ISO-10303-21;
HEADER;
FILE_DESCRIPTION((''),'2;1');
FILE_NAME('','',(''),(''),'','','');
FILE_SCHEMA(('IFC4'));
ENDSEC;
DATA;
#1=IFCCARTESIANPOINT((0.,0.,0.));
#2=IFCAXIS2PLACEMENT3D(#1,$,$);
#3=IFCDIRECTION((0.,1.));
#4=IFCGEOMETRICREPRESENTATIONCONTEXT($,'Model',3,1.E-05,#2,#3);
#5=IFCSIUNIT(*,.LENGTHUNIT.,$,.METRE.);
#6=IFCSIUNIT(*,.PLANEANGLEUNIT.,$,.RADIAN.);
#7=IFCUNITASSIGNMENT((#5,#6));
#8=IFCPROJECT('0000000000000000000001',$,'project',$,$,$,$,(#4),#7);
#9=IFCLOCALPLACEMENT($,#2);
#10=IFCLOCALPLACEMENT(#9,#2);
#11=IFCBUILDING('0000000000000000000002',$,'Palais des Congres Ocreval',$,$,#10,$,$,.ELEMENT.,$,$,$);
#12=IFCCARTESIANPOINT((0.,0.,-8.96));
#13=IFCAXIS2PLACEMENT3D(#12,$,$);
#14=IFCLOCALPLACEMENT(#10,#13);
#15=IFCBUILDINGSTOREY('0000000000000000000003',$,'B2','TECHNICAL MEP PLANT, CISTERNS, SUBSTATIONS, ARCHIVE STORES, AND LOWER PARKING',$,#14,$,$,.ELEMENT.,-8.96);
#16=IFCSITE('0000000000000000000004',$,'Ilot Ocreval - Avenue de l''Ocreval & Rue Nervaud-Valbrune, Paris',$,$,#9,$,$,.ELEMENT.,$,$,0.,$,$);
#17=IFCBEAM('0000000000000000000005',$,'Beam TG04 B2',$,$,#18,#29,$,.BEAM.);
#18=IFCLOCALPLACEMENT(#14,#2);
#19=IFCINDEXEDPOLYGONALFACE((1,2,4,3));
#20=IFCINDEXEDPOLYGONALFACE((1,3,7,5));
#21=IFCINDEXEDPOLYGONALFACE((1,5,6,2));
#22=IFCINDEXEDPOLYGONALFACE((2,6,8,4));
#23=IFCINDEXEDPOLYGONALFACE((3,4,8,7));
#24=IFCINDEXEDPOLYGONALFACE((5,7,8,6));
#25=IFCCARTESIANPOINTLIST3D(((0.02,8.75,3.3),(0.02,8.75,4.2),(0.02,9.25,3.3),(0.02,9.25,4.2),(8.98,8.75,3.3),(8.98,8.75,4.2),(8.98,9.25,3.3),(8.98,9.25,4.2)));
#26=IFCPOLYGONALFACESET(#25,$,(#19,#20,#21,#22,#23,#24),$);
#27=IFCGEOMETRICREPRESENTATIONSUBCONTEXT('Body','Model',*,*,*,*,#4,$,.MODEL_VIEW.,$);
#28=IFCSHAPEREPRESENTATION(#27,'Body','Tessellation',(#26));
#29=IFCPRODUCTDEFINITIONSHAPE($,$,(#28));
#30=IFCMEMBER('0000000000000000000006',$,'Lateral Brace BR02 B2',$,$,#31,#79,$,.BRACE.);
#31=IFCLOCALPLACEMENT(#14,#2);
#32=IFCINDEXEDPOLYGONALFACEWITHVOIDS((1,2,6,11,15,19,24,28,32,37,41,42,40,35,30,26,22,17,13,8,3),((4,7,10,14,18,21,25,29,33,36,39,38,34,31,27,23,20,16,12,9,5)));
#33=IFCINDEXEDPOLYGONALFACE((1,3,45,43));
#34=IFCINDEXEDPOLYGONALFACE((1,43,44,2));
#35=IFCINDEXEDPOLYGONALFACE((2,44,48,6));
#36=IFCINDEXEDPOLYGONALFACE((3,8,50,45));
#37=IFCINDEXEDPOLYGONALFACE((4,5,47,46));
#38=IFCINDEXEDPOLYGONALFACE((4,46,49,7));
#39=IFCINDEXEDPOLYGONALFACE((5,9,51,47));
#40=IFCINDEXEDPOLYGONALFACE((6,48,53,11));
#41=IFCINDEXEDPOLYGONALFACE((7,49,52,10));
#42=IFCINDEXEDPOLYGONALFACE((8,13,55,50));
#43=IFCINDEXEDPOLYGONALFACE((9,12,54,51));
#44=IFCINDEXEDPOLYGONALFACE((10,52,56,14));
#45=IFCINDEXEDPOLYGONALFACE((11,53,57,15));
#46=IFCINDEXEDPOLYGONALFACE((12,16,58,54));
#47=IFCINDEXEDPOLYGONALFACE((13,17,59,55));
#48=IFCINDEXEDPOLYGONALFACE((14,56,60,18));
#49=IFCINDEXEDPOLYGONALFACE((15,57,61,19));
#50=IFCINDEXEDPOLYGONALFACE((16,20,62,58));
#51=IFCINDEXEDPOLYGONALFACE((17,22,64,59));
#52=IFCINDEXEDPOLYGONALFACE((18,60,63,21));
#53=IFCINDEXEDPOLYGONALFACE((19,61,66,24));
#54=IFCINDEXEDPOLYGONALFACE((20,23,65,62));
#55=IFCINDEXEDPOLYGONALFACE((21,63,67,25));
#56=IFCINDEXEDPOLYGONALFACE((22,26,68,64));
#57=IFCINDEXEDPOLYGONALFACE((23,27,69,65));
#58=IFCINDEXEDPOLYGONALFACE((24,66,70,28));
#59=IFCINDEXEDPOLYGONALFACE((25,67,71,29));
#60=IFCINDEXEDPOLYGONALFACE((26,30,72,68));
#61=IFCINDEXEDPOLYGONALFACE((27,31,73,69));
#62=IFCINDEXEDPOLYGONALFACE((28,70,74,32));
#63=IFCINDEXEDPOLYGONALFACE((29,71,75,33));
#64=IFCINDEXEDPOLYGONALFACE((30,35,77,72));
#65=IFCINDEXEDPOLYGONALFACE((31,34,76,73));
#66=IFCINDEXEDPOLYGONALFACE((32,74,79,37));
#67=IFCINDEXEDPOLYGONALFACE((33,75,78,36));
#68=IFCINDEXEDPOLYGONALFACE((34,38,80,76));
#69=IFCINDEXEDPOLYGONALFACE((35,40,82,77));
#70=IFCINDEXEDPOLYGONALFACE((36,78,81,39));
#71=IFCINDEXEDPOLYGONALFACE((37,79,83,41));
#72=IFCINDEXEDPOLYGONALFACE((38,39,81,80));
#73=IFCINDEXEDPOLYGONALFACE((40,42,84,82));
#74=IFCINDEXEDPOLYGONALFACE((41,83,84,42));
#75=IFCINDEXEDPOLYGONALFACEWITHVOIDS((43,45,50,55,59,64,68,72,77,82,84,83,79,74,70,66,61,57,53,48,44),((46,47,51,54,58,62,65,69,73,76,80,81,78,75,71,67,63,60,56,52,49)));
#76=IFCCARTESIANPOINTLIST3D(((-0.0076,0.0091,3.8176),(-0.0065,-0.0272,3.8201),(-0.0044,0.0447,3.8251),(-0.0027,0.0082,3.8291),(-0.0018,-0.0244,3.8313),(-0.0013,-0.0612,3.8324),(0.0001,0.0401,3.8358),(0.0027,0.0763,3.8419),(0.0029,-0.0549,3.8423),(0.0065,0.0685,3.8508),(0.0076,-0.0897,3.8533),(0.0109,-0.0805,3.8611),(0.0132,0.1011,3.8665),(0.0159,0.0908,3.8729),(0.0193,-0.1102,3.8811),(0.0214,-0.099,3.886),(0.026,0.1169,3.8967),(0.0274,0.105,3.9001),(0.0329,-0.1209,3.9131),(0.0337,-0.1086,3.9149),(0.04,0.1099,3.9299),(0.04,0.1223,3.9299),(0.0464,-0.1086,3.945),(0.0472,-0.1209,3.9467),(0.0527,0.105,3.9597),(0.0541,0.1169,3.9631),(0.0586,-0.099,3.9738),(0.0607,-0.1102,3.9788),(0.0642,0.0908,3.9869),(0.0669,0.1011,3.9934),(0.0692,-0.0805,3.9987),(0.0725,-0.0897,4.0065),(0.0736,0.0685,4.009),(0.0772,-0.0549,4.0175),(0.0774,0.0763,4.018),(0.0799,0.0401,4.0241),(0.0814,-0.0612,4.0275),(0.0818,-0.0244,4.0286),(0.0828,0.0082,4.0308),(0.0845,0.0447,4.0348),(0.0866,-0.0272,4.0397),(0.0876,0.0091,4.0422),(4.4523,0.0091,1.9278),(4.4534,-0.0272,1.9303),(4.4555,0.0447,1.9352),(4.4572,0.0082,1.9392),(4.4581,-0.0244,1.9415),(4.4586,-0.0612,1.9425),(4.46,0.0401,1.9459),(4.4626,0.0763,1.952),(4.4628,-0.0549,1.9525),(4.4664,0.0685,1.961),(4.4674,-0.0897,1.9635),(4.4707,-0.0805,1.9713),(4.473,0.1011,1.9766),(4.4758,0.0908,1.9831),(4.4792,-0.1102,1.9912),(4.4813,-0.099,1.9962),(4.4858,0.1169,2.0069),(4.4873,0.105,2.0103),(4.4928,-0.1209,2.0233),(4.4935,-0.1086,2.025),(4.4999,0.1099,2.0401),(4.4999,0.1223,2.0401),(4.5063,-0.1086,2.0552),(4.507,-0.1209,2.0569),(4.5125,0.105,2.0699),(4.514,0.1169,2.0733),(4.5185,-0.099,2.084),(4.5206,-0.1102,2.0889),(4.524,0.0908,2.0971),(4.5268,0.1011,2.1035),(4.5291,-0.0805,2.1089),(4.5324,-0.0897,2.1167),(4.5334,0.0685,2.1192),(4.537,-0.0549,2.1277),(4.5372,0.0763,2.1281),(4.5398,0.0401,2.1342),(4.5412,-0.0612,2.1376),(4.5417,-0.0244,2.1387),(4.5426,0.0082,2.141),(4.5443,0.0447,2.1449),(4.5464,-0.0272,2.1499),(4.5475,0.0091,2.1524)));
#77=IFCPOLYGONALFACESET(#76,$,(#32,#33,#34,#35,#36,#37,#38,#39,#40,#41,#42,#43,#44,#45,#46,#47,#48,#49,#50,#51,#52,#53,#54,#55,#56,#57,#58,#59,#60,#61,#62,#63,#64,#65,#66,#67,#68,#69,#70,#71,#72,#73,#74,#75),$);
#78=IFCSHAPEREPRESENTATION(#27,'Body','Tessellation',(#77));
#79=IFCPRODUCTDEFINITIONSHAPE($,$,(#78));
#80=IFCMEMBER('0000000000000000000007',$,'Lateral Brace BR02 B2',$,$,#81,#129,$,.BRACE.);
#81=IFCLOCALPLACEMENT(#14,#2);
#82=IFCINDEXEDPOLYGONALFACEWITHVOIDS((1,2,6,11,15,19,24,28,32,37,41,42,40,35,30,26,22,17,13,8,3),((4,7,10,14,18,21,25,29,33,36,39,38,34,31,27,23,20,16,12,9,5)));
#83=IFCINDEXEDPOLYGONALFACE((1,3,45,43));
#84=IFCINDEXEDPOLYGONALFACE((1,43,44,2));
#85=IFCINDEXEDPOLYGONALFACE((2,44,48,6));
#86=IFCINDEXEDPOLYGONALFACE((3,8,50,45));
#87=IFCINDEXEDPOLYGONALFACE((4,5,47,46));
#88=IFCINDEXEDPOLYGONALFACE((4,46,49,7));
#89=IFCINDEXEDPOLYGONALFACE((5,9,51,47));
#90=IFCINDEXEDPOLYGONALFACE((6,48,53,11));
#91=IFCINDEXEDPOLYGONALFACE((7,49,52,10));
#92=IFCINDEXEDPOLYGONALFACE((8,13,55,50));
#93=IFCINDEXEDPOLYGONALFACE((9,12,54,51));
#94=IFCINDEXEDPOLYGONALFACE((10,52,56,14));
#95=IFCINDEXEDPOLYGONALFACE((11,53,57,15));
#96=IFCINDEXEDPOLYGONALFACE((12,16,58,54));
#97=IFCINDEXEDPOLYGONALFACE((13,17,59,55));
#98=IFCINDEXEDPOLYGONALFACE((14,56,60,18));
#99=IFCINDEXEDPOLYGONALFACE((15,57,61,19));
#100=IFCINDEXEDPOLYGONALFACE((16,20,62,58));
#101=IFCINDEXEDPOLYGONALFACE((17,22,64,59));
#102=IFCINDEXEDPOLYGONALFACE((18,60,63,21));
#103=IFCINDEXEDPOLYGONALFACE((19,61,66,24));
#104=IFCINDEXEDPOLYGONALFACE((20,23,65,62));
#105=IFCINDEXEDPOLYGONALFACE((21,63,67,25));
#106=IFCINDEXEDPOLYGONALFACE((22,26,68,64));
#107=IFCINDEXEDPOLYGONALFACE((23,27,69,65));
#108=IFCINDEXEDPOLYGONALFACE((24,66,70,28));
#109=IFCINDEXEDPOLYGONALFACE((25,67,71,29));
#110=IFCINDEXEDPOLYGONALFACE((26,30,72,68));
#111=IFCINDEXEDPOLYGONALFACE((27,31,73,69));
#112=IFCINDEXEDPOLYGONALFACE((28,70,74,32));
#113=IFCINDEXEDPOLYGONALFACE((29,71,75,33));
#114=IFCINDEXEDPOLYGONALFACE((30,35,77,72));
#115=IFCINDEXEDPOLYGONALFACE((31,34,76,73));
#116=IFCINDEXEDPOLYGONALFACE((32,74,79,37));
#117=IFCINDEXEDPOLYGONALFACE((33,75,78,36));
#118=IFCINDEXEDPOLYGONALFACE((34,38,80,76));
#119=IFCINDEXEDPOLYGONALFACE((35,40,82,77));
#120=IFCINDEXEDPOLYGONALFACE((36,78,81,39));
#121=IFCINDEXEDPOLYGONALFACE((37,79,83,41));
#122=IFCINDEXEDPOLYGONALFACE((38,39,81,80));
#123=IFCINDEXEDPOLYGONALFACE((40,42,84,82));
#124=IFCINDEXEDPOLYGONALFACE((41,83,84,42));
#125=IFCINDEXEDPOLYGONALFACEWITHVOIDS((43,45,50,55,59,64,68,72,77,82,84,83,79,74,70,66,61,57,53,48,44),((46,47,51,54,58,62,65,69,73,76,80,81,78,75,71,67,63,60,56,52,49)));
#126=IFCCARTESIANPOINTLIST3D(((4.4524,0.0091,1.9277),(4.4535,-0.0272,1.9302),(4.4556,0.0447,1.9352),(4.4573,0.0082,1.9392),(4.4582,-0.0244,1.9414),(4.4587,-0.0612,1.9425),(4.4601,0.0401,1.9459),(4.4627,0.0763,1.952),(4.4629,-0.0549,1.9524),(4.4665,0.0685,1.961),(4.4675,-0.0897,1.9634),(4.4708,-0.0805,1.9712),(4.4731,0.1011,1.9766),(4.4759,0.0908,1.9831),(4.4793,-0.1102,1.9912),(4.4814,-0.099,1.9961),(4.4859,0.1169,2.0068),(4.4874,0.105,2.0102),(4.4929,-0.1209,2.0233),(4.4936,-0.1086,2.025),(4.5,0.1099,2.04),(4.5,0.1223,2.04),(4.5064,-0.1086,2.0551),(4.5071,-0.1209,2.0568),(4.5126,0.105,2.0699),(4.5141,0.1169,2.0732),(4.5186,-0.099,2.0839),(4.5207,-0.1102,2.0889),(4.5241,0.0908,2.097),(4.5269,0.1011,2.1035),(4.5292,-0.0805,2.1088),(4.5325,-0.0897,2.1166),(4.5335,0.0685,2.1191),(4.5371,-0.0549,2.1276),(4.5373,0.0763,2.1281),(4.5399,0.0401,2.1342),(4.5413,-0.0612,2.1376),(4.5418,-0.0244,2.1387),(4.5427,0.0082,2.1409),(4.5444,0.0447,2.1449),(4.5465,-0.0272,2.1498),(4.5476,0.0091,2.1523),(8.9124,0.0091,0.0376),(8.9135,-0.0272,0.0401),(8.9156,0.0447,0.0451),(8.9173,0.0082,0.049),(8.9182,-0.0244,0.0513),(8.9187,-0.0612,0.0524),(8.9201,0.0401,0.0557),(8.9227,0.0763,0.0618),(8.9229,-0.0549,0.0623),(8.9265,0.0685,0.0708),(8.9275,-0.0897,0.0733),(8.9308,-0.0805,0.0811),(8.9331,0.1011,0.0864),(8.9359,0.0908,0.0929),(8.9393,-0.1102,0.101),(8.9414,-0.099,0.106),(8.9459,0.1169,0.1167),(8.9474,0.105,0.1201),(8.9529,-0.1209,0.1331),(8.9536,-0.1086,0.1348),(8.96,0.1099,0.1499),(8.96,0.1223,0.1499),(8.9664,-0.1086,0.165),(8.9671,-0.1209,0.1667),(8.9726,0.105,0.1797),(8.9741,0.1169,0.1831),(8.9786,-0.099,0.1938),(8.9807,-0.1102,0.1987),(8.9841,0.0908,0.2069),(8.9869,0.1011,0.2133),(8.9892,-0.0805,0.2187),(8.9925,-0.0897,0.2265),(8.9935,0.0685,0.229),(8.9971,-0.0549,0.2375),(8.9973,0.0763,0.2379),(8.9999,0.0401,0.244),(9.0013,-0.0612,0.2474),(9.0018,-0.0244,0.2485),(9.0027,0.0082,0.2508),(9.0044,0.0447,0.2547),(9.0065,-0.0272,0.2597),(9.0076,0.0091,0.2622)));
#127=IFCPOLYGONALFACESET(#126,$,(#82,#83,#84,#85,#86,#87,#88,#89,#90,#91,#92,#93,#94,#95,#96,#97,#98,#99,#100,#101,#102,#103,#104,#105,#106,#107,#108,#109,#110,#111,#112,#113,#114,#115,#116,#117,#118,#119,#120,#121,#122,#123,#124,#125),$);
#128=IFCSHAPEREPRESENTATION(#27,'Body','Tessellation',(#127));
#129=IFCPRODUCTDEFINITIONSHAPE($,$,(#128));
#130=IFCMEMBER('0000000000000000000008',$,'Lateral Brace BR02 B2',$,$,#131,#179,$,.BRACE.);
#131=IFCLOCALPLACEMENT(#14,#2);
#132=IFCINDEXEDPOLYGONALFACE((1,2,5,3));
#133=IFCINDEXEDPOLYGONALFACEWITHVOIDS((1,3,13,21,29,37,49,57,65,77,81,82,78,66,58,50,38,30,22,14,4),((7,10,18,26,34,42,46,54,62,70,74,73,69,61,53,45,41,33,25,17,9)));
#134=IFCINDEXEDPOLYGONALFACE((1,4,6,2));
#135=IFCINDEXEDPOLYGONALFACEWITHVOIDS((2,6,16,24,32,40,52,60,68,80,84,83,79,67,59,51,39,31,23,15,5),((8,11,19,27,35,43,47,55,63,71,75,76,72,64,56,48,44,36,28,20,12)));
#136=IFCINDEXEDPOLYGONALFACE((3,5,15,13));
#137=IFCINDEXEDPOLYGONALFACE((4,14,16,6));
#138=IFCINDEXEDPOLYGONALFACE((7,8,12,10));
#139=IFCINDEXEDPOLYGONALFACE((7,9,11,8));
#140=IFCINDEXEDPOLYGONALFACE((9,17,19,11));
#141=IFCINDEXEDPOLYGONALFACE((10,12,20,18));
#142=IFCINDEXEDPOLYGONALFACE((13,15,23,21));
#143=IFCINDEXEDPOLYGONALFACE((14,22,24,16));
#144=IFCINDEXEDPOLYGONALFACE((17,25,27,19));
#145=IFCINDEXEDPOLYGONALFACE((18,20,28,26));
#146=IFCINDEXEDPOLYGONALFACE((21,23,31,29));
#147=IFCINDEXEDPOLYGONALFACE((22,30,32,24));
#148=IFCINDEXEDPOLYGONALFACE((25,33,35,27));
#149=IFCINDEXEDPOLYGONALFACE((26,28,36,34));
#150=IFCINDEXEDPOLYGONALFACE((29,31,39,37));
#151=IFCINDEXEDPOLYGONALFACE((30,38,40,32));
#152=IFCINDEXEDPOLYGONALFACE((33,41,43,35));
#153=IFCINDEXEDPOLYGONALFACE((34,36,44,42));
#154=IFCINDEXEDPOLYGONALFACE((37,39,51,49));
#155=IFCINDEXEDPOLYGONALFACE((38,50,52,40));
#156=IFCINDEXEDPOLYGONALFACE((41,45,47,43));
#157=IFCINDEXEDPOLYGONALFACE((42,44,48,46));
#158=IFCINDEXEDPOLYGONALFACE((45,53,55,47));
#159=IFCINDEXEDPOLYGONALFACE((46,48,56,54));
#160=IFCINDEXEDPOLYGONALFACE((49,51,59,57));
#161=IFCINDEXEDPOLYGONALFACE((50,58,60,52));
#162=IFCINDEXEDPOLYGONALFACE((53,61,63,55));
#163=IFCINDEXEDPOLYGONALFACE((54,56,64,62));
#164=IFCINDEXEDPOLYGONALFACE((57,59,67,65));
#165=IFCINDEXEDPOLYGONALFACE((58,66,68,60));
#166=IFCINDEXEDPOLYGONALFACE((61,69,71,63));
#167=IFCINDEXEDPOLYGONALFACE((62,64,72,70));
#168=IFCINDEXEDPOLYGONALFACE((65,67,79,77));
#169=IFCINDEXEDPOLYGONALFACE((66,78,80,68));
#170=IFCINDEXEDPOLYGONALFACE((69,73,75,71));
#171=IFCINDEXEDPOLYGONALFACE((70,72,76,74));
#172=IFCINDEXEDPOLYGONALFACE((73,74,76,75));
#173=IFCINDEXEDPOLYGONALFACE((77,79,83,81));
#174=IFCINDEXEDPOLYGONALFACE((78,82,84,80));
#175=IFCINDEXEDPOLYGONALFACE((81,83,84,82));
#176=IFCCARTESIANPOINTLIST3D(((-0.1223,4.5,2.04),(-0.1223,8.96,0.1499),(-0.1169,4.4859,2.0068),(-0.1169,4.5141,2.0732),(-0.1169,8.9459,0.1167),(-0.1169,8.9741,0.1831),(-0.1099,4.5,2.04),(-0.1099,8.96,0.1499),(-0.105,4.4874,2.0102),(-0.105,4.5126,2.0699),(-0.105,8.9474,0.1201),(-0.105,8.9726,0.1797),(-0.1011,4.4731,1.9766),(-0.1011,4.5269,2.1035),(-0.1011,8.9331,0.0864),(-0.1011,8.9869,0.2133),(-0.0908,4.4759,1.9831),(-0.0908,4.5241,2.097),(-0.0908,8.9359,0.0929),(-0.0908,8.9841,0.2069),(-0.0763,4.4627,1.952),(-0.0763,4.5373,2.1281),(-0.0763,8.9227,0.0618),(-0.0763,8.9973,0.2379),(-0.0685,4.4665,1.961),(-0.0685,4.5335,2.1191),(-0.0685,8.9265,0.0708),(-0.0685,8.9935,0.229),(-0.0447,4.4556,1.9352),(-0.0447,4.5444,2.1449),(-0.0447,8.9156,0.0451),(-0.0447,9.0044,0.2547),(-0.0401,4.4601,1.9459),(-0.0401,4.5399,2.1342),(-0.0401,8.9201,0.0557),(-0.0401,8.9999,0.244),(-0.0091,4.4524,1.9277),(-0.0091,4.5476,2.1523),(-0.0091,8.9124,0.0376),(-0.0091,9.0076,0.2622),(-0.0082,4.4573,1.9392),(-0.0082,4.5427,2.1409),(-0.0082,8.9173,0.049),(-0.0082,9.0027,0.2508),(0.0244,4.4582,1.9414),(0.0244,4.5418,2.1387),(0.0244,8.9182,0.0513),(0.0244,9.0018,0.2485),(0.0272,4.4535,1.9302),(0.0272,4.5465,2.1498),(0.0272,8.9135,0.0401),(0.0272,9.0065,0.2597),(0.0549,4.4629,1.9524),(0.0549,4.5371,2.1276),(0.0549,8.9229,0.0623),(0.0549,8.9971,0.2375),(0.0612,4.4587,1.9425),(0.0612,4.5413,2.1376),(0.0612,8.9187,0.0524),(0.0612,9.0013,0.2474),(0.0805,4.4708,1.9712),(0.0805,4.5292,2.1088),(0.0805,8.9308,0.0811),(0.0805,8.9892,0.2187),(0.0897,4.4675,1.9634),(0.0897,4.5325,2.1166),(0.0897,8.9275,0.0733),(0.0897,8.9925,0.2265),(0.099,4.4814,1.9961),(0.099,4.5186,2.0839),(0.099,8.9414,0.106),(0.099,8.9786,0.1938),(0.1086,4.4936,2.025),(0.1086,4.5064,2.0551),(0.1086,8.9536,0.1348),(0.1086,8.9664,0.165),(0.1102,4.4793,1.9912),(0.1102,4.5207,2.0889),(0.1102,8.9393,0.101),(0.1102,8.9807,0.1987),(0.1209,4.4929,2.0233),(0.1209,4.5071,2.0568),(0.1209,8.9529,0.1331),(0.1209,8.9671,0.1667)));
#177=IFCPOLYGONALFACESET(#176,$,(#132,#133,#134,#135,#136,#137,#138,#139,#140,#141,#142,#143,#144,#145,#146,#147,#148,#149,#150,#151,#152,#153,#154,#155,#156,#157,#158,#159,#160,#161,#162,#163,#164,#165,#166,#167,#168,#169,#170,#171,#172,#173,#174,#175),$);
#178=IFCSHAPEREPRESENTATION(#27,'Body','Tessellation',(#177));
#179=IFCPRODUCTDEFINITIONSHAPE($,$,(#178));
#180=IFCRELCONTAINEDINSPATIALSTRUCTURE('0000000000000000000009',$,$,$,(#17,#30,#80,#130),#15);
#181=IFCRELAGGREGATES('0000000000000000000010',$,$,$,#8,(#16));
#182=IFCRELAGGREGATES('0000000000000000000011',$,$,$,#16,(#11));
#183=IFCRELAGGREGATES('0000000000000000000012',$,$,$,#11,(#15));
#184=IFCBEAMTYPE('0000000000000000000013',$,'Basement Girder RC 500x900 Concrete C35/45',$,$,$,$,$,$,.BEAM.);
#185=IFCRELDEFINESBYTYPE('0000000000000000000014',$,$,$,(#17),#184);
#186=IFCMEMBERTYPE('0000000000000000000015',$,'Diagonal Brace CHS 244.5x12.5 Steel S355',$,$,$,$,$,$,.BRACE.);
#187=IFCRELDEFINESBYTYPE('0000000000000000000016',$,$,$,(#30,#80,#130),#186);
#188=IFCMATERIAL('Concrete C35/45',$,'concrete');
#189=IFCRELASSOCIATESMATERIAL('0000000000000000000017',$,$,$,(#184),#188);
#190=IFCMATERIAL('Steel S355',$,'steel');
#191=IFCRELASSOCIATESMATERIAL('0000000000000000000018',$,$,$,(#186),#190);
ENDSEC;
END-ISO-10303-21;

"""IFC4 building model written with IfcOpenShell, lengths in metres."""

from ifc_helpers import new_model, si_unit, direction, frame, origin, origin_2d, place, context, subcontext, project, spatial, rectangle, hollow_circle, extrude, material, material_profile, profile_set, type_object, element, save


model = new_model("IFC4")

# Units and contexts
model_context = context("Model", 3, precision=1e-05, world=origin(), true_north=direction((0.0, 1.0)))
body_context = subcontext(model_context, "Body", "Model", "MODEL_VIEW")
ifc_project = project(units=[si_unit("LENGTHUNIT", "METRE"), si_unit("PLANEANGLEUNIT", "RADIAN")], contexts=[model_context])

# Site, building, storey
site_placement = place(None, origin())
site = spatial("IfcSite", under=ifc_project, at=site_placement, Name="Ilot Ocreval - Avenue de l'Ocreval & Rue Nervaud-Valbrune, Paris", CompositionType="ELEMENT", RefElevation=0.0)
building_placement = place(site_placement, origin())
building = spatial("IfcBuilding", under=site, at=building_placement, Name="Palais des Congres Ocreval", CompositionType="ELEMENT")
storey_placement = place(building_placement, frame((0.0, 0.0, -8.96)))
storey = spatial("IfcBuildingStorey", under=building, at=storey_placement, Name="B2", Description="TECHNICAL MEP PLANT, CISTERNS, SUBSTATIONS, ARCHIVE STORES, AND LOWER PARKING", CompositionType="ELEMENT", Elevation=-8.96)

# Shared definitions
ifc_material_1 = material(Name="Concrete C35/45", Category="concrete")

# Beam
ifc_material_profile_1 = material_profile(ifc_material_1, rectangle(XDim=0.5, YDim=0.8999, at=origin_2d()), Name="RC 500x900")
ifc_profile_set_1 = profile_set([ifc_material_profile_1], Name="Concrete C35/45")
beam_type = type_object("IfcBeamType", Name="Basement Girder RC 500x900 Concrete C35/45", PredefinedType="BEAM", material=ifc_profile_set_1)
for number, where, z_axis, x_axis, name in (
    (1, (0.02, 9.0, 3.75), (1.0, 0.0, 0.0), (0.0, 1.0, 0.0), "Beam TG04 B2"),
):
    element("IfcBeam", number, at=place(storey_placement, frame(where, z_axis=z_axis, x_axis=x_axis)), inside=storey, type_object=beam_type, Name=name, PredefinedType="BEAM", context=body_context, shape_type="SweptSolid", body=[
        extrude(rectangle(XDim=0.5, YDim=0.8999, at=origin_2d()), origin(), (0.0, 0.0, 1.0), 8.96),
    ])

# Members
ifc_material_2 = material(Name="Steel S355", Category="steel")
ifc_material_profile_2 = material_profile(ifc_material_2, hollow_circle(Radius=0.1223, WallThickness=0.0125, at=origin_2d()), Name="CHS 244.5x12.5")
ifc_profile_set_2 = profile_set([ifc_material_profile_2], Name="Steel S355")
member_type_1 = type_object("IfcMemberType", Name="Diagonal Brace CHS 244.5x12.5 Steel S355", PredefinedType="BRACE", material=ifc_profile_set_2)
member_1_placement = place(storey_placement, frame((0.04, 0.0, 3.9299), z_axis=(0.920746, 0.0, -0.390163), x_axis=(0.0, 1.0, 0.0)))
element("IfcMember", 2, at=member_1_placement, inside=storey, type_object=member_type_1, Name="Lateral Brace BR02 B2", PredefinedType="BRACE", context=body_context, shape_type="SweptSolid", body=[
    extrude(hollow_circle(Radius=0.1223, WallThickness=0.0125, at=origin_2d()), origin(), (0.0, 0.0, 1.0), 4.8438),
])
for number, where, z_axis, x_axis, name in (
    (3, (4.5, 0.0, 2.04), (0.920728, 0.0, -0.390206), (0.0, 1.0, 0.0), "Lateral Brace BR02 B2"),
    (4, (0.0, 4.5, 2.04), (0.0, 0.920728, -0.390206), (-1.0, 0.0, 0.0), "Lateral Brace BR02 B2"),
):
    element("IfcMember", number, at=place(storey_placement, frame(where, z_axis=z_axis, x_axis=x_axis)), inside=storey, type_object=member_type_1, Name=name, PredefinedType="BRACE", context=body_context, shape_type="SweptSolid", body=[
        extrude(hollow_circle(Radius=0.1223, WallThickness=0.0125, at=origin_2d()), origin(), (0.0, 0.0, 1.0), 4.844),
    ])

save(model, "model.ifc")
